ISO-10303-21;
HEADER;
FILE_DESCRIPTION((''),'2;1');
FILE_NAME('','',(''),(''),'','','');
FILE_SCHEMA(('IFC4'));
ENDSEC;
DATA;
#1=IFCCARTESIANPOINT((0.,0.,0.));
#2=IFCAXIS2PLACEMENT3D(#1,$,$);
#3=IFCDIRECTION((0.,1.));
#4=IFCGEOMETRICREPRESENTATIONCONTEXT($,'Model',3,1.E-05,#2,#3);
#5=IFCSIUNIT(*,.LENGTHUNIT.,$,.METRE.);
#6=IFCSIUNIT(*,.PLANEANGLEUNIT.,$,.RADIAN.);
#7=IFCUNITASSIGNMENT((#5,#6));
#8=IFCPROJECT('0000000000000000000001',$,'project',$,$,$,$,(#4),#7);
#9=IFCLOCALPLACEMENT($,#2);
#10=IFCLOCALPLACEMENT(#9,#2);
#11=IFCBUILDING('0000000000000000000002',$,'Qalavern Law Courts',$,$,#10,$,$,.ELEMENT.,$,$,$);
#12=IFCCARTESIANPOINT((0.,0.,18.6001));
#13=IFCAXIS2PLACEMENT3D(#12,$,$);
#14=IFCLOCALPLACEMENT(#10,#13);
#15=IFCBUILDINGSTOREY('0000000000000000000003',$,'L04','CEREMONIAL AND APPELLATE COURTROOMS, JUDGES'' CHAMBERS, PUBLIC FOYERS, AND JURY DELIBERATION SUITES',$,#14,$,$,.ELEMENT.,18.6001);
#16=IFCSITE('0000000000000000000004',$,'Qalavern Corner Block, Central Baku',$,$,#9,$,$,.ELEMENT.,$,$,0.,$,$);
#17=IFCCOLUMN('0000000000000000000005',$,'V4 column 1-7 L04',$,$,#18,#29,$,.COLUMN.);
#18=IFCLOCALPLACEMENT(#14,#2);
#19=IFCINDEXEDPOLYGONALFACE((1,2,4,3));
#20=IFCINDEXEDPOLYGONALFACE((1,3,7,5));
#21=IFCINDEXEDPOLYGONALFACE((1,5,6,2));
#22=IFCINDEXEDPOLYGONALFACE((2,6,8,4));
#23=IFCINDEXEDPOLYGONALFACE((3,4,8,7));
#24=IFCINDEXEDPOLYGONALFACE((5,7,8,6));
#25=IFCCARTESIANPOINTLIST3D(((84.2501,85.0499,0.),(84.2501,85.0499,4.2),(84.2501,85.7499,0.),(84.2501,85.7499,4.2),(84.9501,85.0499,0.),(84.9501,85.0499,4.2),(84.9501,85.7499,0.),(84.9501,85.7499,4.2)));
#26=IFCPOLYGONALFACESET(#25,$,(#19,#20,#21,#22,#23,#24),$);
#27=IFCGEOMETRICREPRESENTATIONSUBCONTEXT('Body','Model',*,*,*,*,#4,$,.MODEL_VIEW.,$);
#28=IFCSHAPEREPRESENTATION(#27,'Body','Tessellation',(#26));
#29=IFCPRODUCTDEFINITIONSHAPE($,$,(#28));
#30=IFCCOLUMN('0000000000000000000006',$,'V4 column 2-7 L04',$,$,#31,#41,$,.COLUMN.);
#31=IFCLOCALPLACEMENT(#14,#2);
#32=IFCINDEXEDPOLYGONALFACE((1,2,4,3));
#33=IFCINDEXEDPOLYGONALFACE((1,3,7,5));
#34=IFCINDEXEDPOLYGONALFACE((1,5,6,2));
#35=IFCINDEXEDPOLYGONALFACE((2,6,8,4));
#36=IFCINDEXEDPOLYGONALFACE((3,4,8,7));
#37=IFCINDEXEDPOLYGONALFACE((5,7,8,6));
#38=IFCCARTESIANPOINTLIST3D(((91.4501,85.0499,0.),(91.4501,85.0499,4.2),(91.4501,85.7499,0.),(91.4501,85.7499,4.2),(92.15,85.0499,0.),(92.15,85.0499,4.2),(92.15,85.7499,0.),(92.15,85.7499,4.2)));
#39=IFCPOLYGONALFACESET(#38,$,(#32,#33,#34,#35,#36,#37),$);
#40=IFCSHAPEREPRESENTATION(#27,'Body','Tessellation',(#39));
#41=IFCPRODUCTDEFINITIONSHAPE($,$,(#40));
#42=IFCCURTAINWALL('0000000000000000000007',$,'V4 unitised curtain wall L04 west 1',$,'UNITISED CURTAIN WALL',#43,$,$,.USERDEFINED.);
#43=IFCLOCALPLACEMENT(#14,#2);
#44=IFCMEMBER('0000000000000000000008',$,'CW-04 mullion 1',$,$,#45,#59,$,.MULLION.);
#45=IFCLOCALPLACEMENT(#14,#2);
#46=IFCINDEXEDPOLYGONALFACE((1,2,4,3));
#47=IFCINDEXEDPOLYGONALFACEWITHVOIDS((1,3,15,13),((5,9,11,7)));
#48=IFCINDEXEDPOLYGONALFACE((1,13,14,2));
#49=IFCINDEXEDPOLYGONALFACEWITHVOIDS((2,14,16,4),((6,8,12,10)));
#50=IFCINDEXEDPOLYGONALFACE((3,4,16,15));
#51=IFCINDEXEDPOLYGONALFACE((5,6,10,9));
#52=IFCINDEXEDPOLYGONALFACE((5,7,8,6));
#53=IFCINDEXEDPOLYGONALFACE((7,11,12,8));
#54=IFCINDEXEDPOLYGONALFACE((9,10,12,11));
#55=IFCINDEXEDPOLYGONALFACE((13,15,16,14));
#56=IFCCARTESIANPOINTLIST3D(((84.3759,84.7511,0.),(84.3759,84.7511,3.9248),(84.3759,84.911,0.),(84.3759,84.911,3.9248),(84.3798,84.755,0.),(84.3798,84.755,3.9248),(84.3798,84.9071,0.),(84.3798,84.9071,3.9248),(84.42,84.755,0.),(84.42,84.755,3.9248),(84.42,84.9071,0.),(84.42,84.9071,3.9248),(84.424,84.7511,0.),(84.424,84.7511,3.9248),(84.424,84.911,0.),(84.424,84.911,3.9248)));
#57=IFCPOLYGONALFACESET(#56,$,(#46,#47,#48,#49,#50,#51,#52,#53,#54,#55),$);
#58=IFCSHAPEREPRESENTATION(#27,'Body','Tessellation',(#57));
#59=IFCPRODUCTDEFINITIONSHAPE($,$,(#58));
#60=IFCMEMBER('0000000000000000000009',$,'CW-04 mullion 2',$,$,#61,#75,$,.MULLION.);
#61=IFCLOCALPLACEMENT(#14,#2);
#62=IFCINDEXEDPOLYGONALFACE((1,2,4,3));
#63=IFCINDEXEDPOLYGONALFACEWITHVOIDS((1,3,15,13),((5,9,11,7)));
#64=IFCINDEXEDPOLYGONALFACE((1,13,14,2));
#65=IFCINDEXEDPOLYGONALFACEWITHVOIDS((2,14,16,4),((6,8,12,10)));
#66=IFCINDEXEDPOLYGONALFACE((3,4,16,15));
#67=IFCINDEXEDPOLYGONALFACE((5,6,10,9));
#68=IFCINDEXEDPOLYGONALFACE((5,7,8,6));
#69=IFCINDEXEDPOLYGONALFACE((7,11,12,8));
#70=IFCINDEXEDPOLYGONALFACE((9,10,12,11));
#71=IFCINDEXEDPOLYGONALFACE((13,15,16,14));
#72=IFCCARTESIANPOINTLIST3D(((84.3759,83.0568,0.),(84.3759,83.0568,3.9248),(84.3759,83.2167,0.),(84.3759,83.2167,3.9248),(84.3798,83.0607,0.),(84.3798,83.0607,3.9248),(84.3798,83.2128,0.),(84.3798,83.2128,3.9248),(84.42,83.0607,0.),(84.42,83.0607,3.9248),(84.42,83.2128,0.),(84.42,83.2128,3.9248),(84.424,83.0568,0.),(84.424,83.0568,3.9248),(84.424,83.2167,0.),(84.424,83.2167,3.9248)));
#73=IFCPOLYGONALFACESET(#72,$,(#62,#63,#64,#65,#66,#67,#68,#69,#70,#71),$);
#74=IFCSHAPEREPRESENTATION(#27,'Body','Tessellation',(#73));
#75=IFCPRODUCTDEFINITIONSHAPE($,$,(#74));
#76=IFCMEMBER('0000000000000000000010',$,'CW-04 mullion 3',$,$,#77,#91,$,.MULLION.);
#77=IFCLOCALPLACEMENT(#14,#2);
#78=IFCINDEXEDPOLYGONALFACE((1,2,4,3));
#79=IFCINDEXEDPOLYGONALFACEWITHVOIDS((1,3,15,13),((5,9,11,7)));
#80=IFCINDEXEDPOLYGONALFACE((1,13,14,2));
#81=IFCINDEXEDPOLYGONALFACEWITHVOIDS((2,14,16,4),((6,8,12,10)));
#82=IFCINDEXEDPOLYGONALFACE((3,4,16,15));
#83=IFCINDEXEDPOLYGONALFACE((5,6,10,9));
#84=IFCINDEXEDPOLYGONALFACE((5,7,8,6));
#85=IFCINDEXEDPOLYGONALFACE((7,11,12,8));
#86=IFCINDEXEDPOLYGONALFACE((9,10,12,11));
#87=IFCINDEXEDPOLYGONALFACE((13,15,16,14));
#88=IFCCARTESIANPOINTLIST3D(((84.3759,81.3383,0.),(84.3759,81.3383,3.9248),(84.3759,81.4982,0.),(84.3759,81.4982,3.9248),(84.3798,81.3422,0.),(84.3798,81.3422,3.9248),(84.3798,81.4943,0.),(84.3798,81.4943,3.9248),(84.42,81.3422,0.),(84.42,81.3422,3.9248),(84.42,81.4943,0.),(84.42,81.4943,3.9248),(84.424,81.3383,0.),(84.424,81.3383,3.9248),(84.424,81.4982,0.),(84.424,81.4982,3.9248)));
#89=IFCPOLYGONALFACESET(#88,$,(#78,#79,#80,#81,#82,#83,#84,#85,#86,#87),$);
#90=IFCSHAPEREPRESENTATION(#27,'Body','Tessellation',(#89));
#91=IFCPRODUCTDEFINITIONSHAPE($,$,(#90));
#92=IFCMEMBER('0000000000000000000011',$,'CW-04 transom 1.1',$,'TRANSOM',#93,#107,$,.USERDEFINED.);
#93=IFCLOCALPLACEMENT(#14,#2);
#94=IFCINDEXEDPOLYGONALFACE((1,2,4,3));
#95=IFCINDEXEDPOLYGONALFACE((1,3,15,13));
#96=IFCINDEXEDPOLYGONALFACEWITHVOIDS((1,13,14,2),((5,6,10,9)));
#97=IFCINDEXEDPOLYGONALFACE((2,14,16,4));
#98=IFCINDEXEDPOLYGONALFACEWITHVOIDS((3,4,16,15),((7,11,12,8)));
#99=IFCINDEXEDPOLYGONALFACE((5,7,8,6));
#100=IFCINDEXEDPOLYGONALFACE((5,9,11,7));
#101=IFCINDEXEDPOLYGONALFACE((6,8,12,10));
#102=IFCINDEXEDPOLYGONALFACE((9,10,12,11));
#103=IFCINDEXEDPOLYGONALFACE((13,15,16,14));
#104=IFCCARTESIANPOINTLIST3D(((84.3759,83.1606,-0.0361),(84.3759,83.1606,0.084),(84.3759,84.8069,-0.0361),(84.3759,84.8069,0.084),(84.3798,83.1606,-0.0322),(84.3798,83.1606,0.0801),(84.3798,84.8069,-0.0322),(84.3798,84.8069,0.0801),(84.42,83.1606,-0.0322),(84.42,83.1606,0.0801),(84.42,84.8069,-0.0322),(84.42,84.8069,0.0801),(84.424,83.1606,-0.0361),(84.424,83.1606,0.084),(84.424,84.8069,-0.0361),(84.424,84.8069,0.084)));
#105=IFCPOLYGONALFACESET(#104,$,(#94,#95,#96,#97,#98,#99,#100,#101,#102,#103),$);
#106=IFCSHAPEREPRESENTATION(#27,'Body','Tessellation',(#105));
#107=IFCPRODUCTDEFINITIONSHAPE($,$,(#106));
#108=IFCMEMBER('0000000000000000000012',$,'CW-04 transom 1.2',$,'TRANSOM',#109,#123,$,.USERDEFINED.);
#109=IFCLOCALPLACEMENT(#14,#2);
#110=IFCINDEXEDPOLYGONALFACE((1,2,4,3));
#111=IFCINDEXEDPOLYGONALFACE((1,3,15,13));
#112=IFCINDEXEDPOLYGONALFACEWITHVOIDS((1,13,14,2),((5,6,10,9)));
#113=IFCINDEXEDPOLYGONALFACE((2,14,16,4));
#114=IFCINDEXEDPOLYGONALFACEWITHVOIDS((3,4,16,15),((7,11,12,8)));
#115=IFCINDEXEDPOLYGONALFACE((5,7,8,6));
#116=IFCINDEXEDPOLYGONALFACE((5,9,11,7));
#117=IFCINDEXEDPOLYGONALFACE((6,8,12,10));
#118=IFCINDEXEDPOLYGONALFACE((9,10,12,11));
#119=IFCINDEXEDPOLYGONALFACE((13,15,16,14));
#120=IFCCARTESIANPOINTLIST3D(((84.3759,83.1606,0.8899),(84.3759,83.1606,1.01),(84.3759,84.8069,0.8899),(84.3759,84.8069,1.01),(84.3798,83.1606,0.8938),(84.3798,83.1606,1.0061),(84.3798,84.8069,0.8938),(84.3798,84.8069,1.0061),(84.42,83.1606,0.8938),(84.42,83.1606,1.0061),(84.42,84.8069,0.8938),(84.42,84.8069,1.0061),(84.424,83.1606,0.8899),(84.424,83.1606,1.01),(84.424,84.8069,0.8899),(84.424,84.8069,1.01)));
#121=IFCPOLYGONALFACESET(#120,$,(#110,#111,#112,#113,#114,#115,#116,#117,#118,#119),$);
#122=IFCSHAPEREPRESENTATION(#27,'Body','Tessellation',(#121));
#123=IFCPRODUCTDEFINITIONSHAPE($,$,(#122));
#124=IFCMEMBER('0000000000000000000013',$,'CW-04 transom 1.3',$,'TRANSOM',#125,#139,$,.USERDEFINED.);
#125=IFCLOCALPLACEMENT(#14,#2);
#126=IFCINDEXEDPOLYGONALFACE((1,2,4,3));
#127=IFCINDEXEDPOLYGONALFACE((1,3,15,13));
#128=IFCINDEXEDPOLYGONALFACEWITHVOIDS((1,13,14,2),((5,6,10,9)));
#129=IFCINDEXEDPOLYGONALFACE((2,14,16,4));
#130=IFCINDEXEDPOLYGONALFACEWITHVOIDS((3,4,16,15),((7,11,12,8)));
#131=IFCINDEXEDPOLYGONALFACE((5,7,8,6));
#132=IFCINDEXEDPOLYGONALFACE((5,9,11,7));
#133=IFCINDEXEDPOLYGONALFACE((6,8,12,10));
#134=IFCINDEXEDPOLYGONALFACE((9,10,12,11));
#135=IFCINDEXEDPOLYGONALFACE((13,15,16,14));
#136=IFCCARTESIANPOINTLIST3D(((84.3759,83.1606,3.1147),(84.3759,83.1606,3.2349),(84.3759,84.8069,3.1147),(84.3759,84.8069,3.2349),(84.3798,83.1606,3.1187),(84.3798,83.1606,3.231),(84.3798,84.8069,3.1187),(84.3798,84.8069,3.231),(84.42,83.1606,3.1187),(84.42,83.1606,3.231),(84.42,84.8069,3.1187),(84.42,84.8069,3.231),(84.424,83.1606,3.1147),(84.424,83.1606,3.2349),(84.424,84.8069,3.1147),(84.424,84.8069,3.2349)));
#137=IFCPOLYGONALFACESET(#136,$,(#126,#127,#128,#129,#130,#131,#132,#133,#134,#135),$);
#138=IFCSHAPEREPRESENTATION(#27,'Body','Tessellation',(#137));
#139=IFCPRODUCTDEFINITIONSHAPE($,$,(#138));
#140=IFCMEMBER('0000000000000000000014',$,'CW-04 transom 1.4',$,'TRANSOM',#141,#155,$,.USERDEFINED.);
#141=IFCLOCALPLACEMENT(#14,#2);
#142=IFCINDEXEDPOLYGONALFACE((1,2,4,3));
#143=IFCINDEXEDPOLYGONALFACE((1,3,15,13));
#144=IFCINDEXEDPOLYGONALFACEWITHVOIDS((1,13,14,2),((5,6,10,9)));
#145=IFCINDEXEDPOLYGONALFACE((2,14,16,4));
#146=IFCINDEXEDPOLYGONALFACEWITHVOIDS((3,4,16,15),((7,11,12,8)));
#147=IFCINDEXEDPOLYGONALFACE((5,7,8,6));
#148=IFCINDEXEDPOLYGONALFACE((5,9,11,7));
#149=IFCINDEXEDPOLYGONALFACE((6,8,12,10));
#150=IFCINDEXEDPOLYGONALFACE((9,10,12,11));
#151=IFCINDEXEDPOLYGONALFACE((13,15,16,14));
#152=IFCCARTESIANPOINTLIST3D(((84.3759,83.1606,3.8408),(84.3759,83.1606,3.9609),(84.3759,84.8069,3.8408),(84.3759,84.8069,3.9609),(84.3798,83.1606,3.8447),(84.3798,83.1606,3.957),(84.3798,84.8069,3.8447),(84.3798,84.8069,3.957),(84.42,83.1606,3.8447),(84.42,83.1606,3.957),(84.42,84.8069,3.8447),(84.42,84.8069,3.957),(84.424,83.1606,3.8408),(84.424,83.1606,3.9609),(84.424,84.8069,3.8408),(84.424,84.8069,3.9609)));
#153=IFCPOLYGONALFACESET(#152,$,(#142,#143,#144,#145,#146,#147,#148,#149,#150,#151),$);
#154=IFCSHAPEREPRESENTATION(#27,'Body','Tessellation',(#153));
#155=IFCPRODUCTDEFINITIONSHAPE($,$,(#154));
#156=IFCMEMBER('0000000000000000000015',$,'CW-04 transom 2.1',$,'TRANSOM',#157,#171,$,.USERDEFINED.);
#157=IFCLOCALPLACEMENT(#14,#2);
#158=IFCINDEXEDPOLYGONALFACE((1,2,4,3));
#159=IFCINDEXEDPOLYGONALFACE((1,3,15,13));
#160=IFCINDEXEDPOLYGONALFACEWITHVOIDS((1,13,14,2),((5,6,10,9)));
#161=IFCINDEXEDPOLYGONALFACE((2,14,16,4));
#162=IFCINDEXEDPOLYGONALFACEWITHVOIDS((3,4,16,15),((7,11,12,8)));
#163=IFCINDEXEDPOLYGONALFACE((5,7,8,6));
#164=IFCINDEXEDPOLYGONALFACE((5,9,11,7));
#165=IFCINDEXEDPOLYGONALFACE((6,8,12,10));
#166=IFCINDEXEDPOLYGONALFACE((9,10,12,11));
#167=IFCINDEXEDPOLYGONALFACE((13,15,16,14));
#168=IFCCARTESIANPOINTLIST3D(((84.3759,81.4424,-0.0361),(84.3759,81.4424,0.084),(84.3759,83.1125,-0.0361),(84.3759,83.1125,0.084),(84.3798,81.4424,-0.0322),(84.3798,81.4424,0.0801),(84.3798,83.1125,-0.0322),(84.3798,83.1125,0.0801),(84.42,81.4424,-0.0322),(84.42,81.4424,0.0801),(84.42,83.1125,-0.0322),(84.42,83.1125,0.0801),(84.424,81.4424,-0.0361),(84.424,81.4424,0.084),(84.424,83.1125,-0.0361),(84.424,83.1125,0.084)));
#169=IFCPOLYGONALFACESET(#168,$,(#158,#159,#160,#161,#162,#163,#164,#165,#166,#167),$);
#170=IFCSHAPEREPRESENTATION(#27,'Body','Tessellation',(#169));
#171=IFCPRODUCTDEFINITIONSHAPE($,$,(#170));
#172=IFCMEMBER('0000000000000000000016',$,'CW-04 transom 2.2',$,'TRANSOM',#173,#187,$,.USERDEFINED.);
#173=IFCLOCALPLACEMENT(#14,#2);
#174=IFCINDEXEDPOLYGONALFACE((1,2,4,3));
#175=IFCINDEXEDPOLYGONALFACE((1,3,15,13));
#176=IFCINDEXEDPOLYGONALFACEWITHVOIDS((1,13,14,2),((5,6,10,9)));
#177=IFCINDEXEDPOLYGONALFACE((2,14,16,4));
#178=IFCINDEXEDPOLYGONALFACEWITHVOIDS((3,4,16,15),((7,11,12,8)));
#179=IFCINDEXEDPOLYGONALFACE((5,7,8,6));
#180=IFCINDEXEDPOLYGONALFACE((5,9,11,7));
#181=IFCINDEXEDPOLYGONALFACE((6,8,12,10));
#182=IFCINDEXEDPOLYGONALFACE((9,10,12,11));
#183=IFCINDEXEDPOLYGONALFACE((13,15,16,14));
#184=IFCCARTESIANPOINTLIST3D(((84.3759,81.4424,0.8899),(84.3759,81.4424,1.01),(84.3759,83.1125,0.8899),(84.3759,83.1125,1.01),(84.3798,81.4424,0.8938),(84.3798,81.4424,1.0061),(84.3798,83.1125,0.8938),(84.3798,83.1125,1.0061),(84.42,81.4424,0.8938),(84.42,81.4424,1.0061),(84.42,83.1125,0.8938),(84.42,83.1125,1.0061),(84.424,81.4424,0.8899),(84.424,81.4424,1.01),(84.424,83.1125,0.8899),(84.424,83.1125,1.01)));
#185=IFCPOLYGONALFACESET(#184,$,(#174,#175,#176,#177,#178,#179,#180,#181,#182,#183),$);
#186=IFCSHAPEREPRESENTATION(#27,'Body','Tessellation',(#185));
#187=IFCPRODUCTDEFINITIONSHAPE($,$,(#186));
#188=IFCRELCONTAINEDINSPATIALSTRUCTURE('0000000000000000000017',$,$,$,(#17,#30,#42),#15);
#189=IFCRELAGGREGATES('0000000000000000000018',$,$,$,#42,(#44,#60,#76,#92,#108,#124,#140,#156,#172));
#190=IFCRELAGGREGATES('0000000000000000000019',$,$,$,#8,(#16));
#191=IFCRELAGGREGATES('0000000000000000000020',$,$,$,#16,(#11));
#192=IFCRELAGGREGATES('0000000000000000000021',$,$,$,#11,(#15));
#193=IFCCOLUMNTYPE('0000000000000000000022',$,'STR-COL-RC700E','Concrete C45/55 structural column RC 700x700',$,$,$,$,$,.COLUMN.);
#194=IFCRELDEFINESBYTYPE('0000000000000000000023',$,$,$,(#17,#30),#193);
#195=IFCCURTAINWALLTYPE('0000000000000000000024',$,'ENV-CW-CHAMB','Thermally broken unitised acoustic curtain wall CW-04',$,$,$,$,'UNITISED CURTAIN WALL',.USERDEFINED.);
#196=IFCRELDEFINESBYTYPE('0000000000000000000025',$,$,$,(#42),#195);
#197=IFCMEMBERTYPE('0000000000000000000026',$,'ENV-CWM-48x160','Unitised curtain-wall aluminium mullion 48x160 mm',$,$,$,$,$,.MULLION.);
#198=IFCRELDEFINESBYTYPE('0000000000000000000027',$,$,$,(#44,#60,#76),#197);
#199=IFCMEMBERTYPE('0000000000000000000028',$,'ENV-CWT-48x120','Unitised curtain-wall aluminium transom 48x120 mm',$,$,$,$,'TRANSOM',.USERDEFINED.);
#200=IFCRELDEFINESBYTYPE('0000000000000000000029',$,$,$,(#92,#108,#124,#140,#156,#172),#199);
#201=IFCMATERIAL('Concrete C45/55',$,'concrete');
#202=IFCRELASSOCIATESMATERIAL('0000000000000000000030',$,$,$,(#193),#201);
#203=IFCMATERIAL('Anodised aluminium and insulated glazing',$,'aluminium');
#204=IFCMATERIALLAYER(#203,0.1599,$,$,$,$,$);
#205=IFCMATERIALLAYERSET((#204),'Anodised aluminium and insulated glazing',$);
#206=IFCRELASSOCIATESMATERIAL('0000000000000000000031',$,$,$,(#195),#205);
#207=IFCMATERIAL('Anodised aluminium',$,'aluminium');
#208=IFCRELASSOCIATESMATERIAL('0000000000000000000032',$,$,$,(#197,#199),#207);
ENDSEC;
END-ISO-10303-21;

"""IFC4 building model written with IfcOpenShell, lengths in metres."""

from ifc_helpers import new_model, si_unit, direction, frame, origin, origin_2d, place, context, subcontext, project, spatial, rectangle, hollow_rectangle, extrude, material, layer, layer_set, material_profile, profile_set, type_object, element, aggregate, save


model = new_model("IFC4")

# Units and contexts
model_context = context("Model", 3, precision=1e-05, world=origin(), true_north=direction((0.0, 1.0)))
body_context = subcontext(model_context, "Body", "Model", "MODEL_VIEW")
ifc_project = project(units=[si_unit("LENGTHUNIT", "METRE"), si_unit("PLANEANGLEUNIT", "RADIAN")], contexts=[model_context])

# Site, building, storey
site_placement = place(None, origin())
site = spatial("IfcSite", under=ifc_project, at=site_placement, Name="Qalavern Corner Block, Central Baku", CompositionType="ELEMENT", RefElevation=0.0)
building_placement = place(site_placement, origin())
building = spatial("IfcBuilding", under=site, at=building_placement, Name="Qalavern Law Courts", CompositionType="ELEMENT")
storey_placement = place(building_placement, frame((0.0, 0.0, 18.6001)))
storey = spatial("IfcBuildingStorey", under=building, at=storey_placement, Name="L04", Description="CEREMONIAL AND APPELLATE COURTROOMS, JUDGES' CHAMBERS, PUBLIC FOYERS, AND JURY DELIBERATION SUITES", CompositionType="ELEMENT", Elevation=18.6001)

# Columns
ifc_material_1 = material(Name="Concrete C45/55", Category="concrete")
ifc_material_profile_1 = material_profile(ifc_material_1, rectangle(XDim=0.7, YDim=0.7, at=origin_2d()), Name="RC 700x700")
ifc_profile_set_1 = profile_set([ifc_material_profile_1], Name="Concrete C45/55")
column_type = type_object("IfcColumnType", Name="STR-COL-RC700E", Description="Concrete C45/55 structural column RC 700x700", PredefinedType="COLUMN", material=ifc_profile_set_1)
for number, where, z_axis, x_axis, name in (
    (1, (84.6001, 85.3999, 0.0), (0.0, 0.0, 1.0), (1.0, 0.0, 0.0), "V4 column 1-7 L04"),
    (2, (91.8, 85.3999, 0.0), (0.0, 0.0, 1.0), (1.0, 0.0, 0.0), "V4 column 2-7 L04"),
):
    element("IfcColumn", number, at=place(storey_placement, frame(where, z_axis=z_axis, x_axis=x_axis)), inside=storey, type_object=column_type, Name=name, PredefinedType="COLUMN", context=body_context, shape_type="SweptSolid", body=[
        extrude(rectangle(XDim=0.7, YDim=0.7, at=origin_2d()), origin(), (0.0, 0.0, 1.0), 4.2),
    ])

# Curtain wall, members
ifc_material_2 = material(Name="Anodised aluminium and insulated glazing", Category="aluminium")
ifc_layer_1 = layer(ifc_material_2, 0.1599)
ifc_layer_set_1 = layer_set([ifc_layer_1], Name="Anodised aluminium and insulated glazing")
curtain_wall_type = type_object("IfcCurtainWallType", Name="ENV-CW-CHAMB", Description="Thermally broken unitised acoustic curtain wall CW-04", ElementType="UNITISED CURTAIN WALL", PredefinedType="USERDEFINED", material=ifc_layer_set_1)
curtain_wall_placement = place(storey_placement, origin())
curtain_wall = element("IfcCurtainWall", 3, at=curtain_wall_placement, inside=storey, type_object=curtain_wall_type, Name="V4 unitised curtain wall L04 west 1", ObjectType="UNITISED CURTAIN WALL", PredefinedType="USERDEFINED")
ifc_material_3 = material(Name="Anodised aluminium", Category="aluminium")
ifc_material_profile_2 = material_profile(ifc_material_3, hollow_rectangle(XDim=0.0481, YDim=0.1599, WallThickness=0.0039, at=origin_2d()), Name="ALU MULLION 48x160")
ifc_profile_set_2 = profile_set([ifc_material_profile_2], Name="Anodised aluminium")
member_type_1 = type_object("IfcMemberType", Name="ENV-CWM-48x160", Description="Unitised curtain-wall aluminium mullion 48x160 mm", PredefinedType="MULLION", material=ifc_profile_set_2)
member_1_placement = place(storey_placement, frame((84.3999, 84.8311, 0.0), z_axis=(0.0, 0.0, 1.0), x_axis=(1.0, 0.0, 0.0)))
member_1 = element("IfcMember", 4, at=member_1_placement, type_object=member_type_1, Name="CW-04 mullion 1", PredefinedType="MULLION", context=body_context, shape_type="SweptSolid", body=[
    extrude(hollow_rectangle(XDim=0.0481, YDim=0.1599, WallThickness=0.0039, at=origin_2d()), origin(), (0.0, 0.0, 1.0), 3.9248),
])
member_2_placement = place(storey_placement, frame((84.3999, 83.1367, 0.0), z_axis=(0.0, 0.0, 1.0), x_axis=(1.0, 0.0, 0.0)))
member_2 = element("IfcMember", 5, at=member_2_placement, type_object=member_type_1, Name="CW-04 mullion 2", PredefinedType="MULLION", context=body_context, shape_type="SweptSolid", body=[
    extrude(hollow_rectangle(XDim=0.0481, YDim=0.1599, WallThickness=0.0039, at=origin_2d()), origin(), (0.0, 0.0, 1.0), 3.9248),
])
member_3_placement = place(storey_placement, frame((84.3999, 81.4182, 0.0), z_axis=(0.0, 0.0, 1.0), x_axis=(1.0, 0.0, 0.0)))
member_3 = element("IfcMember", 6, at=member_3_placement, type_object=member_type_1, Name="CW-04 mullion 3", PredefinedType="MULLION", context=body_context, shape_type="SweptSolid", body=[
    extrude(hollow_rectangle(XDim=0.0481, YDim=0.1599, WallThickness=0.0039, at=origin_2d()), origin(), (0.0, 0.0, 1.0), 3.9248),
])
ifc_material_profile_3 = material_profile(ifc_material_3, hollow_rectangle(XDim=0.0481, YDim=0.1201, WallThickness=0.0039, at=origin_2d()), Name="ALU TRANSOM 48x120")
ifc_profile_set_3 = profile_set([ifc_material_profile_3], Name="Anodised aluminium")
member_type_2 = type_object("IfcMemberType", Name="ENV-CWT-48x120", Description="Unitised curtain-wall aluminium transom 48x120 mm", ElementType="TRANSOM", PredefinedType="USERDEFINED", material=ifc_profile_set_3)
member_4_placement = place(storey_placement, frame((84.3999, 84.8069, 0.0239), z_axis=(0.0, -1.0, 0.0), x_axis=(1.0, 0.0, 0.0)))
member_4 = element("IfcMember", 7, at=member_4_placement, type_object=member_type_2, Name="CW-04 transom 1.1", ObjectType="TRANSOM", PredefinedType="USERDEFINED", context=body_context, shape_type="SweptSolid", body=[
    extrude(hollow_rectangle(XDim=0.0481, YDim=0.1201, WallThickness=0.0039, at=origin_2d()), origin(), (0.0, 0.0, 1.0), 1.6462),
])
member_5_placement = place(storey_placement, frame((84.3999, 84.8069, 0.95), z_axis=(0.0, -1.0, 0.0), x_axis=(1.0, 0.0, 0.0)))
member_5 = element("IfcMember", 8, at=member_5_placement, type_object=member_type_2, Name="CW-04 transom 1.2", ObjectType="TRANSOM", PredefinedType="USERDEFINED", context=body_context, shape_type="SweptSolid", body=[
    extrude(hollow_rectangle(XDim=0.0481, YDim=0.1201, WallThickness=0.0039, at=origin_2d()), origin(), (0.0, 0.0, 1.0), 1.6462),
])
member_6_placement = place(storey_placement, frame((84.3999, 84.8069, 3.1748), z_axis=(0.0, -1.0, 0.0), x_axis=(1.0, 0.0, 0.0)))
member_6 = element("IfcMember", 9, at=member_6_placement, type_object=member_type_2, Name="CW-04 transom 1.3", ObjectType="TRANSOM", PredefinedType="USERDEFINED", context=body_context, shape_type="SweptSolid", body=[
    extrude(hollow_rectangle(XDim=0.0481, YDim=0.1201, WallThickness=0.0039, at=origin_2d()), origin(), (0.0, 0.0, 1.0), 1.6462),
])
member_7_placement = place(storey_placement, frame((84.3999, 84.8069, 3.9009), z_axis=(0.0, -1.0, 0.0), x_axis=(1.0, 0.0, 0.0)))
member_7 = element("IfcMember", 10, at=member_7_placement, type_object=member_type_2, Name="CW-04 transom 1.4", ObjectType="TRANSOM", PredefinedType="USERDEFINED", context=body_context, shape_type="SweptSolid", body=[
    extrude(hollow_rectangle(XDim=0.0481, YDim=0.1201, WallThickness=0.0039, at=origin_2d()), origin(), (0.0, 0.0, 1.0), 1.6462),
])
member_8_placement = place(storey_placement, frame((84.3999, 83.1125, 0.0239), z_axis=(0.0, -1.0, 0.0), x_axis=(1.0, 0.0, 0.0)))
member_8 = element("IfcMember", 11, at=member_8_placement, type_object=member_type_2, Name="CW-04 transom 2.1", ObjectType="TRANSOM", PredefinedType="USERDEFINED", context=body_context, shape_type="SweptSolid", body=[
    extrude(hollow_rectangle(XDim=0.0481, YDim=0.1201, WallThickness=0.0039, at=origin_2d()), origin(), (0.0, 0.0, 1.0), 1.6702),
])
member_9_placement = place(storey_placement, frame((84.3999, 83.1125, 0.95), z_axis=(0.0, -1.0, 0.0), x_axis=(1.0, 0.0, 0.0)))
member_9 = element("IfcMember", 12, at=member_9_placement, type_object=member_type_2, Name="CW-04 transom 2.2", ObjectType="TRANSOM", PredefinedType="USERDEFINED", context=body_context, shape_type="SweptSolid", body=[
    extrude(hollow_rectangle(XDim=0.0481, YDim=0.1201, WallThickness=0.0039, at=origin_2d()), origin(), (0.0, 0.0, 1.0), 1.6702),
])

aggregate(curtain_wall, [member_1, member_2, member_3, member_4, member_5, member_6, member_7, member_8, member_9])

save(model, "model.ifc")
